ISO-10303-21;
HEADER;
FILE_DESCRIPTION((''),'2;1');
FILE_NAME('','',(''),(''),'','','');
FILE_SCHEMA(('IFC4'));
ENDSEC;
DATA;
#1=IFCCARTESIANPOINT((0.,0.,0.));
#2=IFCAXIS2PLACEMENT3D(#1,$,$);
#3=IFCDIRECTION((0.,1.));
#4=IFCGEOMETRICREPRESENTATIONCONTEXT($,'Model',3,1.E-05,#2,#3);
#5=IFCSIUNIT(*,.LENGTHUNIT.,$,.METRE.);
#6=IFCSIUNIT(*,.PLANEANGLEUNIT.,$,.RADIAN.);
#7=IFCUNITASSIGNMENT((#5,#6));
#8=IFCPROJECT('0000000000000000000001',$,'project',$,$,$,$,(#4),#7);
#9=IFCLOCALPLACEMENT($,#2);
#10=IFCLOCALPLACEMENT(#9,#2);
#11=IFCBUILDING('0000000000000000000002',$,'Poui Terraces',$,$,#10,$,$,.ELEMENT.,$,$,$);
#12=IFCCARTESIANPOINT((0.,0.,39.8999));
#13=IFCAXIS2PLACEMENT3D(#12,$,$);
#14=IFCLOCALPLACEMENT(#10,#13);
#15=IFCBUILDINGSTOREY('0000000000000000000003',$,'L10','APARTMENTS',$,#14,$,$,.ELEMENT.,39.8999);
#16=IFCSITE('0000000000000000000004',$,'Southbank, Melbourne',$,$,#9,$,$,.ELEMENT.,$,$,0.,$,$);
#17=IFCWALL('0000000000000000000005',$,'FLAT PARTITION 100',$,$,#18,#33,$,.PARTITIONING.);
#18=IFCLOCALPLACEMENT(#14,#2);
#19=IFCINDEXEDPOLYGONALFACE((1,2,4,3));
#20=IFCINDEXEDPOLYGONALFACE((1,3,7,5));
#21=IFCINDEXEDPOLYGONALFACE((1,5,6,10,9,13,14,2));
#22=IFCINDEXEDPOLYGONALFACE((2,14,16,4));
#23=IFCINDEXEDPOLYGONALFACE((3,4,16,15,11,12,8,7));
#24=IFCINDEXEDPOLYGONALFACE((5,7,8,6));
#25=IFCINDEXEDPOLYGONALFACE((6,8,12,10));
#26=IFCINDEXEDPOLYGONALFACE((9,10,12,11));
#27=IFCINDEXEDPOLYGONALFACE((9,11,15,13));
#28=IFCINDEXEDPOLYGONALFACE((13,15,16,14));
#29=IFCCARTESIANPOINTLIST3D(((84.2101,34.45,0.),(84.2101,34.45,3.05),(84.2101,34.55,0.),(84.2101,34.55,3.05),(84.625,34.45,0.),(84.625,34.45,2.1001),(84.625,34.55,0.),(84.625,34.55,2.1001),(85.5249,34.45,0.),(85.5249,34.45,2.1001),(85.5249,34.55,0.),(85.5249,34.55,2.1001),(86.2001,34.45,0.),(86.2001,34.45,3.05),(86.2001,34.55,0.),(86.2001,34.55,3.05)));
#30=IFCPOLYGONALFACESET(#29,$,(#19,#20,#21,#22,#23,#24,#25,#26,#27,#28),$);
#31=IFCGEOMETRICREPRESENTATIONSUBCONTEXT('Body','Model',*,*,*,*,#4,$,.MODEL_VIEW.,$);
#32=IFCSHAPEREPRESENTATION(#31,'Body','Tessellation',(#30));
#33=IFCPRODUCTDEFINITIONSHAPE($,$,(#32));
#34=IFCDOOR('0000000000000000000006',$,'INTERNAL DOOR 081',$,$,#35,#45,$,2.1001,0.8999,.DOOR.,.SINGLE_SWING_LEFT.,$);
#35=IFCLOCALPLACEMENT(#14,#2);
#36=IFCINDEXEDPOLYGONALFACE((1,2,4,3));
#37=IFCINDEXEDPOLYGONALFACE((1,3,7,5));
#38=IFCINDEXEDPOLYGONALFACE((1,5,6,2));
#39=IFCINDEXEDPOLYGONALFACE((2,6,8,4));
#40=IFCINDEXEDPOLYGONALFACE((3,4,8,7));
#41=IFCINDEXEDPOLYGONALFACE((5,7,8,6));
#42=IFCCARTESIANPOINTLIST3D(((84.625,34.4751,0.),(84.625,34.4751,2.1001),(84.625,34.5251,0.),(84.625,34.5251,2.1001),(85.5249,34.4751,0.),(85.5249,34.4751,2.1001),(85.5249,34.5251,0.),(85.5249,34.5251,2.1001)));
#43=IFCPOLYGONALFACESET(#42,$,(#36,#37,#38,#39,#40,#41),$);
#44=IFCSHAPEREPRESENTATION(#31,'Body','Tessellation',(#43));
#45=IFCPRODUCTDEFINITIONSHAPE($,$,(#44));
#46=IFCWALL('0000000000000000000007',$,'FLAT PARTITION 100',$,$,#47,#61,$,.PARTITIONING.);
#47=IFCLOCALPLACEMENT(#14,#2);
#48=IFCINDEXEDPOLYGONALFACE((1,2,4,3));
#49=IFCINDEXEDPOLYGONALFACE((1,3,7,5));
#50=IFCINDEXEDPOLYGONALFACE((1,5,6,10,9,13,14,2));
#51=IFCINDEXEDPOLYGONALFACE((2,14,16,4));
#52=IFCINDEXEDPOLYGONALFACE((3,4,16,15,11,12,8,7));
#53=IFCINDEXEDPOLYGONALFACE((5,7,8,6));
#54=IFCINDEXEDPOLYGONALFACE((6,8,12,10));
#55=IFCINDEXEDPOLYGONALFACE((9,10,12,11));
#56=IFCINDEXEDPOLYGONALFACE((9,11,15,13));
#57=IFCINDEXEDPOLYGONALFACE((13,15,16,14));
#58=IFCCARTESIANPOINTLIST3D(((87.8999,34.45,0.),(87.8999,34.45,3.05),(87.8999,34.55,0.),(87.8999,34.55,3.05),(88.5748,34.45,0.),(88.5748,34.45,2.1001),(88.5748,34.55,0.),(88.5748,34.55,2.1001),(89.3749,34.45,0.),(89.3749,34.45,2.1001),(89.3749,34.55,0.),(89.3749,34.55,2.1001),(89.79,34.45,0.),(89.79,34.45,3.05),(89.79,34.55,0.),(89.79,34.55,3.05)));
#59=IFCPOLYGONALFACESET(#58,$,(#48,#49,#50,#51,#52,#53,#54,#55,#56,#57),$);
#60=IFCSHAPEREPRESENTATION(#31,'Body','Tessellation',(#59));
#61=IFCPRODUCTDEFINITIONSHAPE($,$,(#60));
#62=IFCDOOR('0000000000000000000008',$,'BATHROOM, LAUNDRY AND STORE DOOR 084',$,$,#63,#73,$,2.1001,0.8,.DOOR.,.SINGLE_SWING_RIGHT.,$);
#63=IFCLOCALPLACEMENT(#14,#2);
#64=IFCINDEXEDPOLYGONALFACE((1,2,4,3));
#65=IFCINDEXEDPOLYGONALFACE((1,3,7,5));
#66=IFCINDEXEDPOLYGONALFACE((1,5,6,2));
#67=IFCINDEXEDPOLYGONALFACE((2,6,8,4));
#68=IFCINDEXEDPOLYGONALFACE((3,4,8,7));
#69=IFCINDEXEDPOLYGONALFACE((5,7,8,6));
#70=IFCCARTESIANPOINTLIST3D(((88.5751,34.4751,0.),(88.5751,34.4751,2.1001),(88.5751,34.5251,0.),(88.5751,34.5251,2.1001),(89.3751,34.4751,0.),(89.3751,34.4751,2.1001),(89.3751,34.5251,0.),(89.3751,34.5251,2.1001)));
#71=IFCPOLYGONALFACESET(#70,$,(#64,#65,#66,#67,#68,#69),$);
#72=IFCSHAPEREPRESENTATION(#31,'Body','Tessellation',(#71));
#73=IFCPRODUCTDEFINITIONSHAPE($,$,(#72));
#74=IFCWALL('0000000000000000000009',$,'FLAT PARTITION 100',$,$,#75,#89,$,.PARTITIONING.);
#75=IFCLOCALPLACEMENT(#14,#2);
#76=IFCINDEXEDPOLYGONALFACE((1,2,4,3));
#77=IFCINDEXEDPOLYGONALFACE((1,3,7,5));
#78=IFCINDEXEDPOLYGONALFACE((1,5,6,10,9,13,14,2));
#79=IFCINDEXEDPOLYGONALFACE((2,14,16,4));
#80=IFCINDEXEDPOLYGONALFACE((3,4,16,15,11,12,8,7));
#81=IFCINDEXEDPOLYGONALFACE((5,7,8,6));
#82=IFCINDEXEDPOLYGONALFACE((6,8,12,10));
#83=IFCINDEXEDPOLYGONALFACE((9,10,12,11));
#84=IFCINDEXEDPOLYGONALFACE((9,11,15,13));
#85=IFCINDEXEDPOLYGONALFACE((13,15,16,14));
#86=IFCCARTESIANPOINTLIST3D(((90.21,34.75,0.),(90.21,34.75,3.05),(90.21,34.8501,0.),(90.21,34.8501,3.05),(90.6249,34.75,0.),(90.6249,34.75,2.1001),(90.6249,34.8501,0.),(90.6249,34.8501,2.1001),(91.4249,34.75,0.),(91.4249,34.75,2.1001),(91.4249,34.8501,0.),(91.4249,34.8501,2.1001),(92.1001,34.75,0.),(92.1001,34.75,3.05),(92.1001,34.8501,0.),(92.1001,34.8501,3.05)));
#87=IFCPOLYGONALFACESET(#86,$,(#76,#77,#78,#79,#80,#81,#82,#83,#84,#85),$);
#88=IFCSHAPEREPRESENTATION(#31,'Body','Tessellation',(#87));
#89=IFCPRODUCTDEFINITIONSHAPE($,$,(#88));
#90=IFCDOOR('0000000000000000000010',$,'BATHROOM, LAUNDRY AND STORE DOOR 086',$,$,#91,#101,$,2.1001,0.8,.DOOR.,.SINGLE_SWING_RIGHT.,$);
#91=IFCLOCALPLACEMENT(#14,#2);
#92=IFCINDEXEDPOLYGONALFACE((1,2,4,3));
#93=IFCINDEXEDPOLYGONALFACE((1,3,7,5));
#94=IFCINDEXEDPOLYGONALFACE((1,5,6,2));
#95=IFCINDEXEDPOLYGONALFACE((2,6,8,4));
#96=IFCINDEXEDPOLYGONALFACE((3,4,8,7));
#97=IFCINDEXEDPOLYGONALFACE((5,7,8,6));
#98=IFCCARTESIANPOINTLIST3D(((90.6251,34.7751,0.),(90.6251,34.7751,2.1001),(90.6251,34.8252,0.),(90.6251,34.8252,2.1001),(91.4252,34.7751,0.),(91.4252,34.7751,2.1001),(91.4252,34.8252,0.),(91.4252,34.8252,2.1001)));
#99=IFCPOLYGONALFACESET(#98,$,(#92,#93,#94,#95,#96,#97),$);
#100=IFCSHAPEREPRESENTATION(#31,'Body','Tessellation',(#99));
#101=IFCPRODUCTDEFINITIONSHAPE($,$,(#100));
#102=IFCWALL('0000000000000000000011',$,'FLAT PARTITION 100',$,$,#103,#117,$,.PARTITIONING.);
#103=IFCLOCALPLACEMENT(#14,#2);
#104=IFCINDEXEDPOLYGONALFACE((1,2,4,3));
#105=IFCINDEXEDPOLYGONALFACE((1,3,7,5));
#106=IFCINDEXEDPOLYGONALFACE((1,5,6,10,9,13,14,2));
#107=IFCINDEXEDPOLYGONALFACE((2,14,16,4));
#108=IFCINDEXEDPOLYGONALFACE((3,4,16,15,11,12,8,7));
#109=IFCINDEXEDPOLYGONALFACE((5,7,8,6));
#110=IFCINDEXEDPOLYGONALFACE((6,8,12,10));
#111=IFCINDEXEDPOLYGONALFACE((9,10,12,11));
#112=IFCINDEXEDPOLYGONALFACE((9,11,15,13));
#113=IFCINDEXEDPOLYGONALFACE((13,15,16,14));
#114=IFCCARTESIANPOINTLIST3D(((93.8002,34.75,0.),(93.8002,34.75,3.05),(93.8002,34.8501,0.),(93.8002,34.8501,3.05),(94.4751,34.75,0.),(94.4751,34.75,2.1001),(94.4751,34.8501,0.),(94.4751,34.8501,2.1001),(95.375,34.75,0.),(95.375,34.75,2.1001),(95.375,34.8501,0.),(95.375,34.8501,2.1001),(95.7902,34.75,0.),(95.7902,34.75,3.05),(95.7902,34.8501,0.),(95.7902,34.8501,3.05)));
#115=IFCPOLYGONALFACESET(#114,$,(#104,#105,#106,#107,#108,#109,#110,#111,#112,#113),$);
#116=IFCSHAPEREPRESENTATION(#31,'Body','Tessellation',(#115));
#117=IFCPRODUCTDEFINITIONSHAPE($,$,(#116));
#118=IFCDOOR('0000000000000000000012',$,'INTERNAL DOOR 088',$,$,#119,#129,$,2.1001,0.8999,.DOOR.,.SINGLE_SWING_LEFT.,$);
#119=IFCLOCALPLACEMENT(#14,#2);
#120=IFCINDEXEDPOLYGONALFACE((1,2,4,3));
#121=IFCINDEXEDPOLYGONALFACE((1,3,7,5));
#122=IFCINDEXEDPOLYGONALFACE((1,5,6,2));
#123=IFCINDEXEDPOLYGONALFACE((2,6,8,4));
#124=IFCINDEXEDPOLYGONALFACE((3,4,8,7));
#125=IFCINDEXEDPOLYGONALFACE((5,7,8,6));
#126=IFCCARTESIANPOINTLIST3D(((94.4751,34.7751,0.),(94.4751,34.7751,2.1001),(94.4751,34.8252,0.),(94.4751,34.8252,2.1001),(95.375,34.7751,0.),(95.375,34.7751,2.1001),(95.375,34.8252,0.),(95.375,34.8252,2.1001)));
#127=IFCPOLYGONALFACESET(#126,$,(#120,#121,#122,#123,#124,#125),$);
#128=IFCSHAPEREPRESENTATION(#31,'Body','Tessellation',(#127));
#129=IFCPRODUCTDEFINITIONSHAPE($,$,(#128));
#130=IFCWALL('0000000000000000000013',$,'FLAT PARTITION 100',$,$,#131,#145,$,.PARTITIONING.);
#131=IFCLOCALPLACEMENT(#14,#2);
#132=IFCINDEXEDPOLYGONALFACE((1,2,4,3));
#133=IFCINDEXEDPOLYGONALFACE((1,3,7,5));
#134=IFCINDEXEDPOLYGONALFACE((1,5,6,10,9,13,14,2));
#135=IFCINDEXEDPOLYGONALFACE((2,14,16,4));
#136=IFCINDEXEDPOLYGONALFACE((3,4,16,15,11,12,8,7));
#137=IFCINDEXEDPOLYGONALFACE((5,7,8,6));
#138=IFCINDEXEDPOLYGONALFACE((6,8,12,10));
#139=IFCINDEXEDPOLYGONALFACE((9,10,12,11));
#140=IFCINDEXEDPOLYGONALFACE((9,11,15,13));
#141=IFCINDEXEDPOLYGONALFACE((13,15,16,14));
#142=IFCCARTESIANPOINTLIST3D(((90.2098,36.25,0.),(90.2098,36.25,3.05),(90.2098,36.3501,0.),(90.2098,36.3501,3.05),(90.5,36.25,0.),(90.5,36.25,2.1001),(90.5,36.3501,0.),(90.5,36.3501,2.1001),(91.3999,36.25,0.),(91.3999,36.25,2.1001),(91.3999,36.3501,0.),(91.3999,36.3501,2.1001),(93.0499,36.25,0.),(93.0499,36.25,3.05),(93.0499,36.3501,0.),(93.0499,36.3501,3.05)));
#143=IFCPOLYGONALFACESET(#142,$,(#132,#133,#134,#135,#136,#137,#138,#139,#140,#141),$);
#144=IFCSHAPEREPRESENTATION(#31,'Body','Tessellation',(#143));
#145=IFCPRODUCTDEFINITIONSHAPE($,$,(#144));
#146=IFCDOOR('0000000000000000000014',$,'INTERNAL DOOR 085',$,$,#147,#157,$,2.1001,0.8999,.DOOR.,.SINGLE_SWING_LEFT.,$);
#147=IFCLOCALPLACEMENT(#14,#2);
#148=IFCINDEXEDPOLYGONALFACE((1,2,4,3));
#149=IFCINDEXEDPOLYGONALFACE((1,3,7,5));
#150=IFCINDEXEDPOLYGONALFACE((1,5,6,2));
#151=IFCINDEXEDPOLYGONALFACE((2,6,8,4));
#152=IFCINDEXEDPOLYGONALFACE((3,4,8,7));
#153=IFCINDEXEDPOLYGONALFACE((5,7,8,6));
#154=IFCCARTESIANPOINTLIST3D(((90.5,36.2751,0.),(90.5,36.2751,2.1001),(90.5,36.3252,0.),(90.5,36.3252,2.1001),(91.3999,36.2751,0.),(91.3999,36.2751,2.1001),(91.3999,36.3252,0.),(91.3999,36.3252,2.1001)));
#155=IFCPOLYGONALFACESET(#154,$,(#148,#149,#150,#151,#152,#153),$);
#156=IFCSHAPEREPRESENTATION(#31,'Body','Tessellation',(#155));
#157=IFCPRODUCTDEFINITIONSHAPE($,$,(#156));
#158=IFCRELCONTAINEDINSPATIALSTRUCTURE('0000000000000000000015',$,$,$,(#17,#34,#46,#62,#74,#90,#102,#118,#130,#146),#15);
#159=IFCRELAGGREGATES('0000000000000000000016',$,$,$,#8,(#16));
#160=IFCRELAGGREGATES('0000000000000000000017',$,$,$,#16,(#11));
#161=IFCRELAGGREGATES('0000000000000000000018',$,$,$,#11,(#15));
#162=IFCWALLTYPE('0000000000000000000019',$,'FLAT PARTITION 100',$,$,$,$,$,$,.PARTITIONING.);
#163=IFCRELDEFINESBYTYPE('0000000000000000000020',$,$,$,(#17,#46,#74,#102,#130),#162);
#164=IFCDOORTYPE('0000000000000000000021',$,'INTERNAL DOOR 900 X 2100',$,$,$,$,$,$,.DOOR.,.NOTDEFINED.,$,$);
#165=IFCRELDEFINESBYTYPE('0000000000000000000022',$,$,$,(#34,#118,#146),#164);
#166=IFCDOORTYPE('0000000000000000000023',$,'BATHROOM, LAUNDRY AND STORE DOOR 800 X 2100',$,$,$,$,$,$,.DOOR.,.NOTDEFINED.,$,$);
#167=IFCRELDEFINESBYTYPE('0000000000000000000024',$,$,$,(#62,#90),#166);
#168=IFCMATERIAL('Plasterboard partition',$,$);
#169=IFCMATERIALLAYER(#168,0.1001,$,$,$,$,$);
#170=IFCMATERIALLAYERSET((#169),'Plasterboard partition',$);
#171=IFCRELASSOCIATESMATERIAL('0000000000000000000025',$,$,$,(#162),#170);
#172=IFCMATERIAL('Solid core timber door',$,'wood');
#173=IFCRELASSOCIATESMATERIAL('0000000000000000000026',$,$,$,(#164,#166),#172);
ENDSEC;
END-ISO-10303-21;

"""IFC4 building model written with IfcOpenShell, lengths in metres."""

from ifc_helpers import new_model, si_unit, direction, frame, frame_2d, origin, place, context, subcontext, project, spatial, rectangle, extrude, material, layer, layer_set, type_object, element, fill, save


model = new_model("IFC4")

# Units and contexts
model_context = context("Model", 3, precision=1e-05, world=origin(), true_north=direction((0.0, 1.0)))
body_context = subcontext(model_context, "Body", "Model", "MODEL_VIEW")
ifc_project = project(units=[si_unit("LENGTHUNIT", "METRE"), si_unit("PLANEANGLEUNIT", "RADIAN")], contexts=[model_context])

# Site, building, storey
site_placement = place(None, origin())
site = spatial("IfcSite", under=ifc_project, at=site_placement, Name="Southbank, Melbourne", CompositionType="ELEMENT", RefElevation=0.0)
building_placement = place(site_placement, origin())
building = spatial("IfcBuilding", under=site, at=building_placement, Name="Poui Terraces", CompositionType="ELEMENT")
storey_placement = place(building_placement, frame((0.0, 0.0, 39.8999)))
storey = spatial("IfcBuildingStorey", under=building, at=storey_placement, Name="L10", Description="APARTMENTS", CompositionType="ELEMENT", Elevation=39.8999)

# Walls, openings, doors
ifc_material_1 = material(Name="Plasterboard partition")
ifc_layer_1 = layer(ifc_material_1, 0.1001)
ifc_layer_set_1 = layer_set([ifc_layer_1], Name="Plasterboard partition")
wall_type_1 = type_object("IfcWallType", Name="FLAT PARTITION 100", PredefinedType="PARTITIONING", material=ifc_layer_set_1)
wall_1_placement = place(storey_placement, frame((84.21, 34.5, 0.0), z_axis=(0.0, 0.0, 1.0), x_axis=(1.0, 0.0, 0.0)))
wall_1 = element("IfcWall", 1, at=wall_1_placement, inside=storey, type_object=wall_type_1, Name="FLAT PARTITION 100", PredefinedType="PARTITIONING", context=body_context, shape_type="SweptSolid", body=[
    extrude(rectangle(XDim=1.99, YDim=0.1001, at=frame_2d((0.9951, 0.0))), origin(), (0.0, 0.0, 1.0), 3.05),
])
opening_1_placement = place(wall_1_placement, frame((0.415, 0.0, 0.0)))
opening_1 = element("IfcOpeningElement", 2, at=opening_1_placement, cuts=wall_1, PredefinedType="OPENING", context=body_context, shape_type="SweptSolid", body=[
    extrude(rectangle(XDim=0.8999, YDim=2.1001, at=frame_2d((0.45, 1.05))), frame((0.0, 0.0601, 0.0), z_axis=(0.0, -1.0, 0.0), x_axis=(1.0, 0.0, 0.0)), (0.0, 0.0, 1.0), 0.1201),
])
ifc_material_2 = material(Name="Solid core timber door", Category="wood")
door_type_1 = type_object("IfcDoorType", Name="INTERNAL DOOR 900 X 2100", OperationType="NOTDEFINED", PredefinedType="DOOR", material=ifc_material_2)
door_1_placement = place(opening_1_placement, frame((0.8999, 0.0, 0.0), z_axis=(0.0, 0.0, 1.0), x_axis=(-1.0, 0.0, 0.0)))
door_1 = element("IfcDoor", 3, at=door_1_placement, inside=storey, type_object=door_type_1, Name="INTERNAL DOOR 081", OperationType="SINGLE_SWING_LEFT", OverallHeight=2.1001, OverallWidth=0.8999, PredefinedType="DOOR", context=body_context, shape_type="SweptSolid", body=[
    extrude(rectangle(XDim=0.8999, YDim=2.1001, at=frame_2d((0.45, 1.05))), frame((0.0, 0.0249, 0.0), z_axis=(0.0, -1.0, 0.0), x_axis=(1.0, 0.0, 0.0)), (0.0, 0.0, 1.0), 0.05),
])
fill(opening_1, door_1)
wall_2_placement = place(storey_placement, frame((87.8999, 34.5, 0.0), z_axis=(0.0, 0.0, 1.0), x_axis=(1.0, 0.0, 0.0)))
wall_2 = element("IfcWall", 4, at=wall_2_placement, inside=storey, type_object=wall_type_1, Name="FLAT PARTITION 100", PredefinedType="PARTITIONING", context=body_context, shape_type="SweptSolid", body=[
    extrude(rectangle(XDim=1.8901, YDim=0.1001, at=frame_2d((0.9451, 0.0))), origin(), (0.0, 0.0, 1.0), 3.05),
])
opening_2_placement = place(wall_2_placement, frame((0.675, 0.0, 0.0)))
opening_2 = element("IfcOpeningElement", 5, at=opening_2_placement, cuts=wall_2, PredefinedType="OPENING", context=body_context, shape_type="SweptSolid", body=[
    extrude(rectangle(XDim=0.8, YDim=2.1001, at=frame_2d((0.3999, 1.05))), frame((0.0, 0.0601, 0.0), z_axis=(0.0, -1.0, 0.0), x_axis=(1.0, 0.0, 0.0)), (0.0, 0.0, 1.0), 0.1201),
])
door_type_2 = type_object("IfcDoorType", Name="BATHROOM, LAUNDRY AND STORE DOOR 800 X 2100", OperationType="NOTDEFINED", PredefinedType="DOOR", material=ifc_material_2)
door_2_placement = place(opening_2_placement, frame((0.8, 0.0, 0.0), z_axis=(0.0, 0.0, 1.0), x_axis=(-1.0, 0.0, 0.0)))
door_2 = element("IfcDoor", 6, at=door_2_placement, inside=storey, type_object=door_type_2, Name="BATHROOM, LAUNDRY AND STORE DOOR 084", OperationType="SINGLE_SWING_RIGHT", OverallHeight=2.1001, OverallWidth=0.8, PredefinedType="DOOR", context=body_context, shape_type="SweptSolid", body=[
    extrude(rectangle(XDim=0.8, YDim=2.1001, at=frame_2d((0.3999, 1.05))), frame((0.0, 0.0249, 0.0), z_axis=(0.0, -1.0, 0.0), x_axis=(1.0, 0.0, 0.0)), (0.0, 0.0, 1.0), 0.05),
])
fill(opening_2, door_2)
wall_3_placement = place(storey_placement, frame((90.21, 34.8, 0.0), z_axis=(0.0, 0.0, 1.0), x_axis=(1.0, 0.0, 0.0)))
wall_3 = element("IfcWall", 7, at=wall_3_placement, inside=storey, type_object=wall_type_1, Name="FLAT PARTITION 100", PredefinedType="PARTITIONING", context=body_context, shape_type="SweptSolid", body=[
    extrude(rectangle(XDim=1.8901, YDim=0.1001, at=frame_2d((0.9451, 0.0))), origin(), (0.0, 0.0, 1.0), 3.05),
])
opening_3_placement = place(wall_3_placement, frame((0.415, 0.0, 0.0)))
opening_3 = element("IfcOpeningElement", 8, at=opening_3_placement, cuts=wall_3, PredefinedType="OPENING", context=body_context, shape_type="SweptSolid", body=[
    extrude(rectangle(XDim=0.8, YDim=2.1001, at=frame_2d((0.3999, 1.05))), frame((0.0, 0.0601, 0.0), z_axis=(0.0, -1.0, 0.0), x_axis=(1.0, 0.0, 0.0)), (0.0, 0.0, 1.0), 0.1201),
])
door_3_placement = place(opening_3_placement, frame((0.8, 0.0, 0.0), z_axis=(0.0, 0.0, 1.0), x_axis=(-1.0, 0.0, 0.0)))
door_3 = element("IfcDoor", 9, at=door_3_placement, inside=storey, type_object=door_type_2, Name="BATHROOM, LAUNDRY AND STORE DOOR 086", OperationType="SINGLE_SWING_RIGHT", OverallHeight=2.1001, OverallWidth=0.8, PredefinedType="DOOR", context=body_context, shape_type="SweptSolid", body=[
    extrude(rectangle(XDim=0.8, YDim=2.1001, at=frame_2d((0.3999, 1.05))), frame((0.0, 0.0249, 0.0), z_axis=(0.0, -1.0, 0.0), x_axis=(1.0, 0.0, 0.0)), (0.0, 0.0, 1.0), 0.05),
])
fill(opening_3, door_3)
wall_4_placement = place(storey_placement, frame((93.8, 34.8, 0.0), z_axis=(0.0, 0.0, 1.0), x_axis=(1.0, 0.0, 0.0)))
wall_4 = element("IfcWall", 10, at=wall_4_placement, inside=storey, type_object=wall_type_1, Name="FLAT PARTITION 100", PredefinedType="PARTITIONING", context=body_context, shape_type="SweptSolid", body=[
    extrude(rectangle(XDim=1.99, YDim=0.1001, at=frame_2d((0.9951, 0.0))), origin(), (0.0, 0.0, 1.0), 3.05),
])
opening_4_placement = place(wall_4_placement, frame((0.675, 0.0, 0.0)))
opening_4 = element("IfcOpeningElement", 11, at=opening_4_placement, cuts=wall_4, PredefinedType="OPENING", context=body_context, shape_type="SweptSolid", body=[
    extrude(rectangle(XDim=0.8999, YDim=2.1001, at=frame_2d((0.45, 1.05))), frame((0.0, 0.0601, 0.0), z_axis=(0.0, -1.0, 0.0), x_axis=(1.0, 0.0, 0.0)), (0.0, 0.0, 1.0), 0.1201),
])
door_4_placement = place(opening_4_placement, frame((0.8999, 0.0, 0.0), z_axis=(0.0, 0.0, 1.0), x_axis=(-1.0, 0.0, 0.0)))
door_4 = element("IfcDoor", 12, at=door_4_placement, inside=storey, type_object=door_type_1, Name="INTERNAL DOOR 088", OperationType="SINGLE_SWING_LEFT", OverallHeight=2.1001, OverallWidth=0.8999, PredefinedType="DOOR", context=body_context, shape_type="SweptSolid", body=[
    extrude(rectangle(XDim=0.8999, YDim=2.1001, at=frame_2d((0.45, 1.05))), frame((0.0, 0.0249, 0.0), z_axis=(0.0, -1.0, 0.0), x_axis=(1.0, 0.0, 0.0)), (0.0, 0.0, 1.0), 0.05),
])
fill(opening_4, door_4)
wall_5_placement = place(storey_placement, frame((90.21, 36.3, 0.0), z_axis=(0.0, 0.0, 1.0), x_axis=(1.0, 0.0, 0.0)))
wall_5 = element("IfcWall", 13, at=wall_5_placement, inside=storey, type_object=wall_type_1, Name="FLAT PARTITION 100", PredefinedType="PARTITIONING", context=body_context, shape_type="SweptSolid", body=[
    extrude(rectangle(XDim=2.8401, YDim=0.1001, at=frame_2d((1.4199, 0.0))), origin(), (0.0, 0.0, 1.0), 3.05),
])
opening_5_placement = place(wall_5_placement, frame((0.29, 0.0, 0.0)))
opening_5 = element("IfcOpeningElement", 14, at=opening_5_placement, cuts=wall_5, PredefinedType="OPENING", context=body_context, shape_type="SweptSolid", body=[
    extrude(rectangle(XDim=0.8999, YDim=2.1001, at=frame_2d((0.45, 1.05))), frame((0.0, 0.0601, 0.0), z_axis=(0.0, -1.0, 0.0), x_axis=(1.0, 0.0, 0.0)), (0.0, 0.0, 1.0), 0.1201),
])
door_5_placement = place(opening_5_placement, frame((0.8999, 0.0, 0.0), z_axis=(0.0, 0.0, 1.0), x_axis=(-1.0, 0.0, 0.0)))
door_5 = element("IfcDoor", 15, at=door_5_placement, inside=storey, type_object=door_type_1, Name="INTERNAL DOOR 085", OperationType="SINGLE_SWING_LEFT", OverallHeight=2.1001, OverallWidth=0.8999, PredefinedType="DOOR", context=body_context, shape_type="SweptSolid", body=[
    extrude(rectangle(XDim=0.8999, YDim=2.1001, at=frame_2d((0.45, 1.05))), frame((0.0, 0.0249, 0.0), z_axis=(0.0, -1.0, 0.0), x_axis=(1.0, 0.0, 0.0)), (0.0, 0.0, 1.0), 0.05),
])
fill(opening_5, door_5)

save(model, "model.ifc")
